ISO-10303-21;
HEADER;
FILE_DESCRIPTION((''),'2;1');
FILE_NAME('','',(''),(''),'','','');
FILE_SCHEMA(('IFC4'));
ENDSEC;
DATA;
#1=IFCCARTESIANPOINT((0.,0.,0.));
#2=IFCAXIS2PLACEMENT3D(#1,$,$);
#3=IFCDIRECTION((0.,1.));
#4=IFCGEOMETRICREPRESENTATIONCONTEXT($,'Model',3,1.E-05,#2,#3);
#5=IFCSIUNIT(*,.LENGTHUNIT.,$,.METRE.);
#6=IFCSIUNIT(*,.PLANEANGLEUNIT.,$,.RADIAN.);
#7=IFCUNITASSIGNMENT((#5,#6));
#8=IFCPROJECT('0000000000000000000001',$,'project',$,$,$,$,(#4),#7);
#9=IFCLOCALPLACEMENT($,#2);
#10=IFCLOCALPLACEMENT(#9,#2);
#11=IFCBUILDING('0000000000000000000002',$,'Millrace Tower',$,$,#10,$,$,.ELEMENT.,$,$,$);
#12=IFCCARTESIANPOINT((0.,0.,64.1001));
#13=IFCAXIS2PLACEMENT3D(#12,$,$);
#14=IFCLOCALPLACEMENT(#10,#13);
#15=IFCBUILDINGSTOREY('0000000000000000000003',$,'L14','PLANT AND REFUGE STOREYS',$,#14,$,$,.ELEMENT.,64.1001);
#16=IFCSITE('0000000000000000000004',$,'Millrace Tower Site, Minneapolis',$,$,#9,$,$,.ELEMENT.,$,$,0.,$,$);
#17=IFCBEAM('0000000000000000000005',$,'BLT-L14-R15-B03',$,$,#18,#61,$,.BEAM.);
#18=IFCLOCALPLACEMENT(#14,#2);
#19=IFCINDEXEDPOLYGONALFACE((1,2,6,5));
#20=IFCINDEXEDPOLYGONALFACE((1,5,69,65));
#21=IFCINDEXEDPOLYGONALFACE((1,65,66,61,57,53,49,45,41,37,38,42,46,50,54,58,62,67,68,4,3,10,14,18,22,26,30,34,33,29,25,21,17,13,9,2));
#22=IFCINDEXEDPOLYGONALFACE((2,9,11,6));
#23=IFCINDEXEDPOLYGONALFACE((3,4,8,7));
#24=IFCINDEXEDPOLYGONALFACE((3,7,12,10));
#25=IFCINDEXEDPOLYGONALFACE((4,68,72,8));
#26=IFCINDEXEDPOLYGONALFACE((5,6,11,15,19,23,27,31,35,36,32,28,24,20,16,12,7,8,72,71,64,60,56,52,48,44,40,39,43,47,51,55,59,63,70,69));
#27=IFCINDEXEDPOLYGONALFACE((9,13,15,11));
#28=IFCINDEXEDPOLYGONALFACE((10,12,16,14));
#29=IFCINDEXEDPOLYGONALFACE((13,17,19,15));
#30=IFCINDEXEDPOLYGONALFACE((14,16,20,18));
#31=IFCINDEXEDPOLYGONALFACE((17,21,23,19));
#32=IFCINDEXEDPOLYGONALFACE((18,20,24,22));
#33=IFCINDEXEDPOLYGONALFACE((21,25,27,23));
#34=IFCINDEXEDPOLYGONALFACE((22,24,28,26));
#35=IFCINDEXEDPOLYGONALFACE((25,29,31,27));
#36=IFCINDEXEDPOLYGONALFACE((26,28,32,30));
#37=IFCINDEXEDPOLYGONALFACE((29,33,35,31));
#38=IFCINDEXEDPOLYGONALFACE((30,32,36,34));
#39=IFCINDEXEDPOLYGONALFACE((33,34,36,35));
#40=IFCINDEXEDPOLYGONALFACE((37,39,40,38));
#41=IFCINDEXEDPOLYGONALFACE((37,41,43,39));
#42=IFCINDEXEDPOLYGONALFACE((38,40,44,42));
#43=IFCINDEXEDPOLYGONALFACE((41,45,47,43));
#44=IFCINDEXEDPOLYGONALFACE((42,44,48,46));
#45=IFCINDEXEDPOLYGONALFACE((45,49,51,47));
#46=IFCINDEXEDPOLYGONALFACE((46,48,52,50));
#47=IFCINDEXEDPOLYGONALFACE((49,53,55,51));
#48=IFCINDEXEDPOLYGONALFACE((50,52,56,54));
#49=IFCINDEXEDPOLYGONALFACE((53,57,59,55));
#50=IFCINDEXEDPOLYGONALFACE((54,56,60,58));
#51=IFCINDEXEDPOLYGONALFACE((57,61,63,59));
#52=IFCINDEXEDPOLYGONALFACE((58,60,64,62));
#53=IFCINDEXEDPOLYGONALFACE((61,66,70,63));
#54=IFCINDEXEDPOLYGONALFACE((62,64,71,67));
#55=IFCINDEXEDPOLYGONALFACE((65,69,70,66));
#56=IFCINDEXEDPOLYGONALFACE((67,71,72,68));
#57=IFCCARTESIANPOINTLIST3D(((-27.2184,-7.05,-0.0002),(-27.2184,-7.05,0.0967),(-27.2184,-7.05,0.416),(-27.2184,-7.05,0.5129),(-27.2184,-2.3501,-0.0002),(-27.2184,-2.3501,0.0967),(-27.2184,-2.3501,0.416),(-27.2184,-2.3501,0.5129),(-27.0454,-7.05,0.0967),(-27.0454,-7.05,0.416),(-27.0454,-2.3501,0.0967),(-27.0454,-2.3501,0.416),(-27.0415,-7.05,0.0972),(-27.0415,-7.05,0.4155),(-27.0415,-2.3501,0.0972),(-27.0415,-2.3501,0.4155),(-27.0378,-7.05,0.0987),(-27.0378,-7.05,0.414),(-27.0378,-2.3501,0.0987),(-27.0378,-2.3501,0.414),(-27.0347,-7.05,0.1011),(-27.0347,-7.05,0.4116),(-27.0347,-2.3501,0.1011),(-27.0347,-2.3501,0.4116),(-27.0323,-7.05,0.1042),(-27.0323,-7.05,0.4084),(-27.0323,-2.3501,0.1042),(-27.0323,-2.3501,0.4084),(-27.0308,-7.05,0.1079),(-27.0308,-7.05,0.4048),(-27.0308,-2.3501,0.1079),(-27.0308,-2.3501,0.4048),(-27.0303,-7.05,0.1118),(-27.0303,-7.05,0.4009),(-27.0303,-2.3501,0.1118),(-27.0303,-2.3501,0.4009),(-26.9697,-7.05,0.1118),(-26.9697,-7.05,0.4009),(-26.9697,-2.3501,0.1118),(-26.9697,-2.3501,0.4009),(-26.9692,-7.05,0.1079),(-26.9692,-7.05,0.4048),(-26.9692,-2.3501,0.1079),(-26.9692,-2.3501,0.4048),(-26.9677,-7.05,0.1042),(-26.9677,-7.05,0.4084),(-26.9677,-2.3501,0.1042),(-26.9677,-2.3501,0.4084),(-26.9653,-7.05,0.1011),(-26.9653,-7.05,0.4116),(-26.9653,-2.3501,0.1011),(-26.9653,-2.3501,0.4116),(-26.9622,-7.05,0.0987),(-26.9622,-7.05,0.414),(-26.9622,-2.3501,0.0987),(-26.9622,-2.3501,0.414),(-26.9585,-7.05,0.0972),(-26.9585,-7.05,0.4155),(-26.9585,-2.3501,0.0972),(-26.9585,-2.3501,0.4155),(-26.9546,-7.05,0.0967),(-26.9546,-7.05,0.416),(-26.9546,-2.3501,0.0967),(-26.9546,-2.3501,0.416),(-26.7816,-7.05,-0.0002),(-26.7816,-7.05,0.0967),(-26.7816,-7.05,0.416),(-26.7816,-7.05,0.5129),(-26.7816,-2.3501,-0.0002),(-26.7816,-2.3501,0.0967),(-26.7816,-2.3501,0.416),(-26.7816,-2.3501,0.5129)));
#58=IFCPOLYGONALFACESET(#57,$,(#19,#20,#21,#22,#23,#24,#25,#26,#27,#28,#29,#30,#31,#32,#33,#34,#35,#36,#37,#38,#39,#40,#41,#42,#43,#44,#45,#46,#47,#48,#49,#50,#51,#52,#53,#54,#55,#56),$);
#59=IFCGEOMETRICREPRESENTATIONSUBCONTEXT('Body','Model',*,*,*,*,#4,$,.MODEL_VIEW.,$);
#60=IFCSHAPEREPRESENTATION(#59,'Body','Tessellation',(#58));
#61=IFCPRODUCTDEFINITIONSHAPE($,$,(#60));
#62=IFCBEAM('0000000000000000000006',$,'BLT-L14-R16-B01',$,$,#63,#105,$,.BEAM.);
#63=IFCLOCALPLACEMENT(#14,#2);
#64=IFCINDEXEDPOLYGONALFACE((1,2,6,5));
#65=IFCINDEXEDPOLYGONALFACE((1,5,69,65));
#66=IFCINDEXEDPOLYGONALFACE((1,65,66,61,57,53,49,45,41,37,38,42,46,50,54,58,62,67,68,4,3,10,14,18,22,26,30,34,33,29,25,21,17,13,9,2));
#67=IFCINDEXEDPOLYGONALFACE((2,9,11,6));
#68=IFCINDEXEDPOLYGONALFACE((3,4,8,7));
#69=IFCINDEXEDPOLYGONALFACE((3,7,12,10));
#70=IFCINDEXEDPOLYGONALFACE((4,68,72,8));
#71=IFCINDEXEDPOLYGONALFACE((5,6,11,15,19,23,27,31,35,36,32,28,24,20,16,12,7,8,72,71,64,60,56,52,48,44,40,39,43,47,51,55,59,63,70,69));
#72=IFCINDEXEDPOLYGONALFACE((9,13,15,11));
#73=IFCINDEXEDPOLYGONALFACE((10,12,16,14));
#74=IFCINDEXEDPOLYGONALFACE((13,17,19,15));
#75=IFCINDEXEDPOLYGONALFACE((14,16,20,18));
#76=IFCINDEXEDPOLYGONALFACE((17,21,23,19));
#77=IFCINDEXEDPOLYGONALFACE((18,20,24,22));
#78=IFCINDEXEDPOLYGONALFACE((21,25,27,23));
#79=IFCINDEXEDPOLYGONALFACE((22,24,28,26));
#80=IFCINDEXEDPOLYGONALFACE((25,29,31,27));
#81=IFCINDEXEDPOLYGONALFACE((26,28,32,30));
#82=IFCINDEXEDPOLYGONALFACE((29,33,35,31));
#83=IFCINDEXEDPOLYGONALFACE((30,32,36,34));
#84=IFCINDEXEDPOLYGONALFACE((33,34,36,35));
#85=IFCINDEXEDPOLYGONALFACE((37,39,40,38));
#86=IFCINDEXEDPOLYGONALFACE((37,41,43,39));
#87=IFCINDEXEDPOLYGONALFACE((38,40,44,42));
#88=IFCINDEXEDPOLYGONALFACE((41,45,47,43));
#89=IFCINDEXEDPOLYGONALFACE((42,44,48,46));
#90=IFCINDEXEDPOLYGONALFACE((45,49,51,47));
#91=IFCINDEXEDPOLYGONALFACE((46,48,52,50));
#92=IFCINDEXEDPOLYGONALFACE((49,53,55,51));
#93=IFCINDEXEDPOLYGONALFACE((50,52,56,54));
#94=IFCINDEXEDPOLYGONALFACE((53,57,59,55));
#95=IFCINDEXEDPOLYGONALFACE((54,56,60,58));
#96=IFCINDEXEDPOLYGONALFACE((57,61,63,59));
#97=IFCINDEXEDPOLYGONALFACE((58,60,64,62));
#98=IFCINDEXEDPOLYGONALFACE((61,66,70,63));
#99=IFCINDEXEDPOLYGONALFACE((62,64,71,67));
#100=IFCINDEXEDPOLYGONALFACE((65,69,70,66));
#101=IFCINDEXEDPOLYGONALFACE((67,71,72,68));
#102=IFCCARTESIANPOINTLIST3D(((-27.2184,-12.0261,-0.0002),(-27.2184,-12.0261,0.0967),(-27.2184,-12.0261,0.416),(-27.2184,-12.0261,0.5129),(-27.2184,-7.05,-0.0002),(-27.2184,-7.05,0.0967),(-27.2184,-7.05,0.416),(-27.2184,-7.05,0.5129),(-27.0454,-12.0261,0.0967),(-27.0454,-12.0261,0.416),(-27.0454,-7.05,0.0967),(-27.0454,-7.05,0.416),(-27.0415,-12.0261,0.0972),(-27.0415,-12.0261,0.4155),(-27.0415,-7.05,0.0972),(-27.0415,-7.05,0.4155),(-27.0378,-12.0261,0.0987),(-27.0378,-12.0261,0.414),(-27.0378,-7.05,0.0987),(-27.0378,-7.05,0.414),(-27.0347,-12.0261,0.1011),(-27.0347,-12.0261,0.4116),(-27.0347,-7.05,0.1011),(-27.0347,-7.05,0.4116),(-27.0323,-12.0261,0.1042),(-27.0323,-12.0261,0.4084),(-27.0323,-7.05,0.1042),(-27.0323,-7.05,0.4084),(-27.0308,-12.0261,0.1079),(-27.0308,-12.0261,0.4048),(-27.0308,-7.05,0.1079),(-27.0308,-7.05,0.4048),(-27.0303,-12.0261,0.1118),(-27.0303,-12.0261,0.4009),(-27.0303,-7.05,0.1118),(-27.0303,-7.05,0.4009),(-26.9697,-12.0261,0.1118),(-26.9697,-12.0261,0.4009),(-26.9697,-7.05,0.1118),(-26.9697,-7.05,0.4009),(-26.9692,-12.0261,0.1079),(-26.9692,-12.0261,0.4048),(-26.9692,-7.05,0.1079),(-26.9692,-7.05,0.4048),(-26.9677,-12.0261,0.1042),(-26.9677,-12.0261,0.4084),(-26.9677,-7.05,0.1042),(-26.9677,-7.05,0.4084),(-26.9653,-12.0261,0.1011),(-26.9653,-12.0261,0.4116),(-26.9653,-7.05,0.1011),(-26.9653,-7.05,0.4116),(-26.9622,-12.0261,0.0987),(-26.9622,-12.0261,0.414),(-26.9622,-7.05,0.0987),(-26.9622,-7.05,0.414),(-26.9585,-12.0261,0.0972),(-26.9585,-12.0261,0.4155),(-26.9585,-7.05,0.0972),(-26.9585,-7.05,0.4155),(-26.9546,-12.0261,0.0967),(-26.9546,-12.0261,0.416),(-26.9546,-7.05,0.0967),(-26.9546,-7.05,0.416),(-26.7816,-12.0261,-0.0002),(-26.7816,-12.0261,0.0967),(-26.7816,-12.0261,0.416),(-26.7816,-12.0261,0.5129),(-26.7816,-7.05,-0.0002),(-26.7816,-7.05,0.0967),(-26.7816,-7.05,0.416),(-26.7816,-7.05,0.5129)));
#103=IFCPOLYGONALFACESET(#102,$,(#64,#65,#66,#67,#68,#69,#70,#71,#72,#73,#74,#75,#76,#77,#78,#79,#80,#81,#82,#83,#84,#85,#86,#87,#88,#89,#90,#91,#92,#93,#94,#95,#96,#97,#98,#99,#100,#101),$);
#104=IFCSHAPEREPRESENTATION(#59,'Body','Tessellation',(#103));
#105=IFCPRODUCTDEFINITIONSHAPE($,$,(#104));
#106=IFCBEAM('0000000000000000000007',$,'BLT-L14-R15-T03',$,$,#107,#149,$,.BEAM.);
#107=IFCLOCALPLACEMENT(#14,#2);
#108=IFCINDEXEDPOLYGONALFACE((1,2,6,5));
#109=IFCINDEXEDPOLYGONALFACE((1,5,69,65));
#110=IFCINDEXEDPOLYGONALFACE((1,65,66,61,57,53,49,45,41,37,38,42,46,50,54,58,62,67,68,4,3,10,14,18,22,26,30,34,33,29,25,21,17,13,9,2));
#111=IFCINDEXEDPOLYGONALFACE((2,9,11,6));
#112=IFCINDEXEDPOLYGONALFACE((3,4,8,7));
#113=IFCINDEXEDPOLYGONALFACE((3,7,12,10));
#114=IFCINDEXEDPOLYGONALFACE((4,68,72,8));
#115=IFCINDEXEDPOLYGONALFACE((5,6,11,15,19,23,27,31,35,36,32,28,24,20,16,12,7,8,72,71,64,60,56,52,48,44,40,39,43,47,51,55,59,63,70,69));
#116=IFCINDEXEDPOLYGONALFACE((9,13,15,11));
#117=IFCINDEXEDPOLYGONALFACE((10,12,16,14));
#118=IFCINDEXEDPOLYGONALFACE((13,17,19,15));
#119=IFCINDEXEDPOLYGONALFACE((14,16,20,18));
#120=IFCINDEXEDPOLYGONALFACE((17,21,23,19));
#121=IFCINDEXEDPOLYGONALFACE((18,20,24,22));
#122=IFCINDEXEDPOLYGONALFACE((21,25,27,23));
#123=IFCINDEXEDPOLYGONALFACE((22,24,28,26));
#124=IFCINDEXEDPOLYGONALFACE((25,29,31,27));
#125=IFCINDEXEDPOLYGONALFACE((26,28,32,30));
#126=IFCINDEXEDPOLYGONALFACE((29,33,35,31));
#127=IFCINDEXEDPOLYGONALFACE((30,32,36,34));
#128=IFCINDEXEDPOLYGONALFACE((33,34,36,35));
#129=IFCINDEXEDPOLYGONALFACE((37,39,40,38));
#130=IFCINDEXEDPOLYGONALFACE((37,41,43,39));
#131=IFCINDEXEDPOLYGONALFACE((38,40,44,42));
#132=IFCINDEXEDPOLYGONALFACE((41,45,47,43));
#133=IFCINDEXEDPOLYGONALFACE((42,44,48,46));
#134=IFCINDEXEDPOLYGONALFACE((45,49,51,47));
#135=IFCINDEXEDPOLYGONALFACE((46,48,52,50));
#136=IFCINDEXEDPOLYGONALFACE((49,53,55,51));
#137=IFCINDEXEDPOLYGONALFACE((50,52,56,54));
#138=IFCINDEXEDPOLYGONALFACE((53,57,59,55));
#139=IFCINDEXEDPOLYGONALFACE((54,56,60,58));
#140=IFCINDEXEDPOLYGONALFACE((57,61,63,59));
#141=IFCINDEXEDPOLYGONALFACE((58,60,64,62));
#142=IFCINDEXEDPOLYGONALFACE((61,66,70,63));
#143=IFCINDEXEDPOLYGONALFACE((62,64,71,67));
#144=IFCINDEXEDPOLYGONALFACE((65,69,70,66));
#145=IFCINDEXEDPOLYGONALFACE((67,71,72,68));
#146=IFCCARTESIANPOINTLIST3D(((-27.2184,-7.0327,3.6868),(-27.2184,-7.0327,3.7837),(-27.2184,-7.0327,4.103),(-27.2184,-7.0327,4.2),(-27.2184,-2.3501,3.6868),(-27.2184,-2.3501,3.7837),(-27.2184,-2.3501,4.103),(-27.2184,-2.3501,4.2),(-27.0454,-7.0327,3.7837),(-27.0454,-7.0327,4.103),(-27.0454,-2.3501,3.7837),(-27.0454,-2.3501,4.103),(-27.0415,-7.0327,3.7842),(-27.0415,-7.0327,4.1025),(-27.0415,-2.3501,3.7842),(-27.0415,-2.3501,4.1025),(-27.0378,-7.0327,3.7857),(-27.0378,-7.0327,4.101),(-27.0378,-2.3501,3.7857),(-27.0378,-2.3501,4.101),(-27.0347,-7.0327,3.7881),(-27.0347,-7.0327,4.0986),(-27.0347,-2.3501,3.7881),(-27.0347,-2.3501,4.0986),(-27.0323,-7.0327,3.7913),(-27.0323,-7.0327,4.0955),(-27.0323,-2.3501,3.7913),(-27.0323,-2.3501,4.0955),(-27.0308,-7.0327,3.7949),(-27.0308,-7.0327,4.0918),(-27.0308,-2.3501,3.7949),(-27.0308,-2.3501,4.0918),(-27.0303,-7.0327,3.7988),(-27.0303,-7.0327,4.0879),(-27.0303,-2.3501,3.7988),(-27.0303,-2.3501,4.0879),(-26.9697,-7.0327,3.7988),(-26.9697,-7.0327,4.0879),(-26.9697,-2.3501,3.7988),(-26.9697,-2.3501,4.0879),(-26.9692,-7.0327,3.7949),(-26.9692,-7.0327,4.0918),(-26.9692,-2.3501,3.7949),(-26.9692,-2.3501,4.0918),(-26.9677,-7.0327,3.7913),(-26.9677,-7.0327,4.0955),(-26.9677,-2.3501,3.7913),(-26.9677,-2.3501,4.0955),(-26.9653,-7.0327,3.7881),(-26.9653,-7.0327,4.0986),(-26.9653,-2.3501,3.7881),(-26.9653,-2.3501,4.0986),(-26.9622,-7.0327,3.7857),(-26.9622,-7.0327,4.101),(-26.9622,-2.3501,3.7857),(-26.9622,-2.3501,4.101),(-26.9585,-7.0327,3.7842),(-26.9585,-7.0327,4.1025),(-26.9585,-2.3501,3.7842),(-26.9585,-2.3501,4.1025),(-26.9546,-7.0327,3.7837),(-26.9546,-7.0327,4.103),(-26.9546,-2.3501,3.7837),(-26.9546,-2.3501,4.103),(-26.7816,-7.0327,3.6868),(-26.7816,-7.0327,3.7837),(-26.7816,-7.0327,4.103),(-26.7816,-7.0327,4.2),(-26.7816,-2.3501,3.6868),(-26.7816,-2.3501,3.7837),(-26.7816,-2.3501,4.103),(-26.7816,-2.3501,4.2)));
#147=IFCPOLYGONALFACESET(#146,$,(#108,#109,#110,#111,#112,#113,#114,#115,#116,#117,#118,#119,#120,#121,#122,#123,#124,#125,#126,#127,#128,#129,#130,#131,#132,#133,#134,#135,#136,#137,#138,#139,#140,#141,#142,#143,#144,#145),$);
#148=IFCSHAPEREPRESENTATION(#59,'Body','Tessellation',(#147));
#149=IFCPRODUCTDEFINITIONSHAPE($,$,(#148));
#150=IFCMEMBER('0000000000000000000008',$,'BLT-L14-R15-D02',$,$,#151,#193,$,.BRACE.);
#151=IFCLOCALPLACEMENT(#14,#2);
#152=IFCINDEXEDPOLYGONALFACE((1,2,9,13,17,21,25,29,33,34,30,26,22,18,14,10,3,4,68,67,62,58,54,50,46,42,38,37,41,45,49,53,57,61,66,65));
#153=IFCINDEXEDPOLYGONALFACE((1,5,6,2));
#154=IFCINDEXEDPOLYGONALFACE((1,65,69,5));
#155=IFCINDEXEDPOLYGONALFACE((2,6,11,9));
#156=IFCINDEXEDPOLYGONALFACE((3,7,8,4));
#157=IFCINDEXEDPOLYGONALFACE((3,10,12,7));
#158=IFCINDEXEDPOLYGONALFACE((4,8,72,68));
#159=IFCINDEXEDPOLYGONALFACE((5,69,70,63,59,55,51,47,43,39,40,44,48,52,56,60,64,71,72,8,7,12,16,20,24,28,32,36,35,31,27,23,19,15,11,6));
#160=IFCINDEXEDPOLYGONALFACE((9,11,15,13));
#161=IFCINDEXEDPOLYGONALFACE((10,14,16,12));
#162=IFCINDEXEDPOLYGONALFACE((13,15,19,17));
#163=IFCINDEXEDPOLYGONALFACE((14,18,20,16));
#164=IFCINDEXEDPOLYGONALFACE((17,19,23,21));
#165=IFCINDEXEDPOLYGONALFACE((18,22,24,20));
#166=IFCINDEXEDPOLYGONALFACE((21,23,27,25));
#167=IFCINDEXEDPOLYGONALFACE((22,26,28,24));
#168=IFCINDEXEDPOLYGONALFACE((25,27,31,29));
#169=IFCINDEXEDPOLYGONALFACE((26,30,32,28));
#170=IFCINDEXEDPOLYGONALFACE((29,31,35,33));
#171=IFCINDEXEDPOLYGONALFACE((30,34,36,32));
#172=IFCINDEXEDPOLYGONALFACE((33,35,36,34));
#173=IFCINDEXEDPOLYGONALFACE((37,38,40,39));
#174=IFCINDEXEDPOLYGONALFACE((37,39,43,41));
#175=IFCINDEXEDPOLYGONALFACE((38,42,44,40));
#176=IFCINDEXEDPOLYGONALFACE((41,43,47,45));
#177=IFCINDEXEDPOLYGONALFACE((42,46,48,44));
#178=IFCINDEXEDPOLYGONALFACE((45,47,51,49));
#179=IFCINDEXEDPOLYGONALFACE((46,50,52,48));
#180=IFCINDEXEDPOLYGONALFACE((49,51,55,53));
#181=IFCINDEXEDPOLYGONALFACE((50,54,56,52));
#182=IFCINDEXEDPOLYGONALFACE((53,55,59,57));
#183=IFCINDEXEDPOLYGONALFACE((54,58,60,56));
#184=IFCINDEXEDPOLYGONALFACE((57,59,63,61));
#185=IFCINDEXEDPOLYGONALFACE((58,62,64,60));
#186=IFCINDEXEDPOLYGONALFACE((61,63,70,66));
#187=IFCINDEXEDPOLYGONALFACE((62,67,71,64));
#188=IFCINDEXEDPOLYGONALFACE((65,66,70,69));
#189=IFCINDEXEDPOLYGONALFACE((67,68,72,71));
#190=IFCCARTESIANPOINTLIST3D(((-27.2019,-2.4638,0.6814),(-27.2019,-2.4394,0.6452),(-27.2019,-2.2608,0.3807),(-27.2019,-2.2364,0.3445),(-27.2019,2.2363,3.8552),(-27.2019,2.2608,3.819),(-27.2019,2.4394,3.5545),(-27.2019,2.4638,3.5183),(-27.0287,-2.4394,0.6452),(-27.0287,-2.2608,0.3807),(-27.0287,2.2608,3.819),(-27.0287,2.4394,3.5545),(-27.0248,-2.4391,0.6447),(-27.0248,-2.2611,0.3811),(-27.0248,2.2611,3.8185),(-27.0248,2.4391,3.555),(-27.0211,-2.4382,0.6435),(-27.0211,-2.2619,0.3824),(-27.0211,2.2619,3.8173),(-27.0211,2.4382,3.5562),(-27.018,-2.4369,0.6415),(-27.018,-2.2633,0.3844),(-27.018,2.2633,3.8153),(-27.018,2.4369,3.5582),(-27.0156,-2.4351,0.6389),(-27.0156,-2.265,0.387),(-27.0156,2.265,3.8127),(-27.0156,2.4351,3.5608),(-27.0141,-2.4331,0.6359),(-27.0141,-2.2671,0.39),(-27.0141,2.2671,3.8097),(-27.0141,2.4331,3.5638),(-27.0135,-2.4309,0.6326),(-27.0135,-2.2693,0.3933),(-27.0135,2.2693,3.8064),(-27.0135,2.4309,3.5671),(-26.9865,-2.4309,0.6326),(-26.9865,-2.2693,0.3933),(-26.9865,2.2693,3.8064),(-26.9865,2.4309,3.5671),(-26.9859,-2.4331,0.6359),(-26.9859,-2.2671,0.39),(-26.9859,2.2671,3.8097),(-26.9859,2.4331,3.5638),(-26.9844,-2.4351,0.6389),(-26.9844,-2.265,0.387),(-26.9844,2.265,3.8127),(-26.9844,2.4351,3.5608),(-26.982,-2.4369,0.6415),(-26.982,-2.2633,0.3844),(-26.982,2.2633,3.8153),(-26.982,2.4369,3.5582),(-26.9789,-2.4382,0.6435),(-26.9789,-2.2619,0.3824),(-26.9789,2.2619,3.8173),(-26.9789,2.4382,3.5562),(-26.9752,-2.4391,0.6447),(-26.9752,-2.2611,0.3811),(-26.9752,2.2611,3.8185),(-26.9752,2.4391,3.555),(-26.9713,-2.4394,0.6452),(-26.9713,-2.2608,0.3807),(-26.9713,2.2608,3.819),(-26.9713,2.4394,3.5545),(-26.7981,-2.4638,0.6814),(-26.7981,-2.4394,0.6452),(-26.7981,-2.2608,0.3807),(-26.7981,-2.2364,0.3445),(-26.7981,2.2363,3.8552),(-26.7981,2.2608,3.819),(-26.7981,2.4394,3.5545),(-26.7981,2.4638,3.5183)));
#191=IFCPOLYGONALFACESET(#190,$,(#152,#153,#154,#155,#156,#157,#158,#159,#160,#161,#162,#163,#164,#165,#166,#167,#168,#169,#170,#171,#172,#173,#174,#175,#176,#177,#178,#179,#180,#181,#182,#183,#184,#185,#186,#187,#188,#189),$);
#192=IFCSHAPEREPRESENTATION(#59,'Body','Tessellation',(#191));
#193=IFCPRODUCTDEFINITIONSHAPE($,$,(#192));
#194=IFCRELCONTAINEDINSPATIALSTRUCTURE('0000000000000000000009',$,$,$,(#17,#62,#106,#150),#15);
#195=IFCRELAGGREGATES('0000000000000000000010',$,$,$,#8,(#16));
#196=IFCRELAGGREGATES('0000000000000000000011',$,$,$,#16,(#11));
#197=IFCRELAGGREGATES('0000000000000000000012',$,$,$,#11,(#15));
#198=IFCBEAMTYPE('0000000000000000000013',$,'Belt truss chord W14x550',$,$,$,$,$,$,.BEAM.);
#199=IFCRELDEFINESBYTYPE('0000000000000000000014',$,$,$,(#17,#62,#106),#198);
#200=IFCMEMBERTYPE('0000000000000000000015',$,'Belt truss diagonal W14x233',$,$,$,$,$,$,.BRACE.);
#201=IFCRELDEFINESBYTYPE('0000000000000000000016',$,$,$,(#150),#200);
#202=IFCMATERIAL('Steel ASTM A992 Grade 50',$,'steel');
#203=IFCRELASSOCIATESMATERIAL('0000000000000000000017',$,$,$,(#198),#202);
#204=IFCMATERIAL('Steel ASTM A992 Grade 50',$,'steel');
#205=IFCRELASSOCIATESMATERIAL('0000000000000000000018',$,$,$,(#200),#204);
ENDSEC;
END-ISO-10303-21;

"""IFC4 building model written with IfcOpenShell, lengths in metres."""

from ifc_helpers import new_model, si_unit, direction, frame, origin, origin_2d, place, context, subcontext, project, spatial, i_section, extrude, material, material_profile, profile_set, type_object, element, save


model = new_model("IFC4")

# Units and contexts
model_context = context("Model", 3, precision=1e-05, world=origin(), true_north=direction((0.0, 1.0)))
body_context = subcontext(model_context, "Body", "Model", "MODEL_VIEW")
ifc_project = project(units=[si_unit("LENGTHUNIT", "METRE"), si_unit("PLANEANGLEUNIT", "RADIAN")], contexts=[model_context])

# Site, building, storey
site_placement = place(None, origin())
site = spatial("IfcSite", under=ifc_project, at=site_placement, Name="Millrace Tower Site, Minneapolis", CompositionType="ELEMENT", RefElevation=0.0)
building_placement = place(site_placement, origin())
building = spatial("IfcBuilding", under=site, at=building_placement, Name="Millrace Tower", CompositionType="ELEMENT")
storey_placement = place(building_placement, frame((0.0, 0.0, 64.1001)))
storey = spatial("IfcBuildingStorey", under=building, at=storey_placement, Name="L14", Description="PLANT AND REFUGE STOREYS", CompositionType="ELEMENT", Elevation=64.1001)

# Beams
ifc_material_1 = material(Name="Steel ASTM A992 Grade 50", Category="steel")
ifc_material_profile_1 = material_profile(ifc_material_1, i_section(OverallWidth=0.4368, OverallDepth=0.5132, WebThickness=0.0605, FlangeThickness=0.0969, FilletRadius=0.0151, at=origin_2d()))
ifc_profile_set_1 = profile_set([ifc_material_profile_1], Name="Steel ASTM A992 Grade 50")
beam_type_1 = type_object("IfcBeamType", Name="Belt truss chord W14x550", PredefinedType="BEAM", material=ifc_profile_set_1)
beam_1_placement = place(storey_placement, frame((-27.0, -2.3501, 0.2563), z_axis=(0.0, -1.0, 0.0), x_axis=(1.0, 0.0, 0.0)))
element("IfcBeam", 1, at=beam_1_placement, inside=storey, type_object=beam_type_1, Name="BLT-L14-R15-B03", PredefinedType="BEAM", context=body_context, shape_type="SweptSolid", body=[
    extrude(i_section(OverallWidth=0.4368, OverallDepth=0.5132, WebThickness=0.0605, FlangeThickness=0.0969, FilletRadius=0.0151, at=origin_2d()), origin(), (0.0, 0.0, 1.0), 4.7),
])
beam_2_placement = place(storey_placement, frame((-27.0, -7.05, 0.2563), z_axis=(0.0, -1.0, 0.0), x_axis=(1.0, 0.0, 0.0)))
element("IfcBeam", 2, at=beam_2_placement, inside=storey, type_object=beam_type_1, Name="BLT-L14-R16-B01", PredefinedType="BEAM", context=body_context, shape_type="SweptSolid", body=[
    extrude(i_section(OverallWidth=0.4368, OverallDepth=0.5132, WebThickness=0.0605, FlangeThickness=0.0969, FilletRadius=0.0151, at=origin_2d()), origin(), (0.0, 0.0, 1.0), 4.9761),
])
beam_3_placement = place(storey_placement, frame((-27.0, -2.3501, 3.9434), z_axis=(0.0, -1.0, 0.0), x_axis=(1.0, 0.0, 0.0)))
element("IfcBeam", 3, at=beam_3_placement, inside=storey, type_object=beam_type_1, Name="BLT-L14-R15-T03", PredefinedType="BEAM", context=body_context, shape_type="SweptSolid", body=[
    extrude(i_section(OverallWidth=0.4368, OverallDepth=0.5132, WebThickness=0.0605, FlangeThickness=0.0969, FilletRadius=0.0151, at=origin_2d()), origin(), (0.0, 0.0, 1.0), 4.6826),
])

# Member
ifc_material_2 = material(Name="Steel ASTM A992 Grade 50", Category="steel")
ifc_material_profile_2 = material_profile(ifc_material_2, i_section(OverallWidth=0.4038, OverallDepth=0.4065, WebThickness=0.0271, FlangeThickness=0.0437, FilletRadius=0.0151, at=origin_2d()))
ifc_profile_set_2 = profile_set([ifc_material_profile_2], Name="Steel ASTM A992 Grade 50")
member_type_1 = type_object("IfcMemberType", Name="Belt truss diagonal W14x233", PredefinedType="BRACE", material=ifc_profile_set_2)
member_1_placement = place(storey_placement, frame((-27.0, -2.3501, 0.5129), z_axis=(0.0, 0.828751, 0.559618), x_axis=(-1.0, 0.0, 0.0)))
element("IfcMember", 4, at=member_1_placement, inside=storey, type_object=member_type_1, Name="BLT-L14-R15-D02", PredefinedType="BRACE", context=body_context, shape_type="SweptSolid", body=[
    extrude(i_section(OverallWidth=0.4038, OverallDepth=0.4065, WebThickness=0.0271, FlangeThickness=0.0437, FilletRadius=0.0151, at=origin_2d()), origin(), (0.0, 0.0, 1.0), 5.6714),
])

save(model, "model.ifc")
